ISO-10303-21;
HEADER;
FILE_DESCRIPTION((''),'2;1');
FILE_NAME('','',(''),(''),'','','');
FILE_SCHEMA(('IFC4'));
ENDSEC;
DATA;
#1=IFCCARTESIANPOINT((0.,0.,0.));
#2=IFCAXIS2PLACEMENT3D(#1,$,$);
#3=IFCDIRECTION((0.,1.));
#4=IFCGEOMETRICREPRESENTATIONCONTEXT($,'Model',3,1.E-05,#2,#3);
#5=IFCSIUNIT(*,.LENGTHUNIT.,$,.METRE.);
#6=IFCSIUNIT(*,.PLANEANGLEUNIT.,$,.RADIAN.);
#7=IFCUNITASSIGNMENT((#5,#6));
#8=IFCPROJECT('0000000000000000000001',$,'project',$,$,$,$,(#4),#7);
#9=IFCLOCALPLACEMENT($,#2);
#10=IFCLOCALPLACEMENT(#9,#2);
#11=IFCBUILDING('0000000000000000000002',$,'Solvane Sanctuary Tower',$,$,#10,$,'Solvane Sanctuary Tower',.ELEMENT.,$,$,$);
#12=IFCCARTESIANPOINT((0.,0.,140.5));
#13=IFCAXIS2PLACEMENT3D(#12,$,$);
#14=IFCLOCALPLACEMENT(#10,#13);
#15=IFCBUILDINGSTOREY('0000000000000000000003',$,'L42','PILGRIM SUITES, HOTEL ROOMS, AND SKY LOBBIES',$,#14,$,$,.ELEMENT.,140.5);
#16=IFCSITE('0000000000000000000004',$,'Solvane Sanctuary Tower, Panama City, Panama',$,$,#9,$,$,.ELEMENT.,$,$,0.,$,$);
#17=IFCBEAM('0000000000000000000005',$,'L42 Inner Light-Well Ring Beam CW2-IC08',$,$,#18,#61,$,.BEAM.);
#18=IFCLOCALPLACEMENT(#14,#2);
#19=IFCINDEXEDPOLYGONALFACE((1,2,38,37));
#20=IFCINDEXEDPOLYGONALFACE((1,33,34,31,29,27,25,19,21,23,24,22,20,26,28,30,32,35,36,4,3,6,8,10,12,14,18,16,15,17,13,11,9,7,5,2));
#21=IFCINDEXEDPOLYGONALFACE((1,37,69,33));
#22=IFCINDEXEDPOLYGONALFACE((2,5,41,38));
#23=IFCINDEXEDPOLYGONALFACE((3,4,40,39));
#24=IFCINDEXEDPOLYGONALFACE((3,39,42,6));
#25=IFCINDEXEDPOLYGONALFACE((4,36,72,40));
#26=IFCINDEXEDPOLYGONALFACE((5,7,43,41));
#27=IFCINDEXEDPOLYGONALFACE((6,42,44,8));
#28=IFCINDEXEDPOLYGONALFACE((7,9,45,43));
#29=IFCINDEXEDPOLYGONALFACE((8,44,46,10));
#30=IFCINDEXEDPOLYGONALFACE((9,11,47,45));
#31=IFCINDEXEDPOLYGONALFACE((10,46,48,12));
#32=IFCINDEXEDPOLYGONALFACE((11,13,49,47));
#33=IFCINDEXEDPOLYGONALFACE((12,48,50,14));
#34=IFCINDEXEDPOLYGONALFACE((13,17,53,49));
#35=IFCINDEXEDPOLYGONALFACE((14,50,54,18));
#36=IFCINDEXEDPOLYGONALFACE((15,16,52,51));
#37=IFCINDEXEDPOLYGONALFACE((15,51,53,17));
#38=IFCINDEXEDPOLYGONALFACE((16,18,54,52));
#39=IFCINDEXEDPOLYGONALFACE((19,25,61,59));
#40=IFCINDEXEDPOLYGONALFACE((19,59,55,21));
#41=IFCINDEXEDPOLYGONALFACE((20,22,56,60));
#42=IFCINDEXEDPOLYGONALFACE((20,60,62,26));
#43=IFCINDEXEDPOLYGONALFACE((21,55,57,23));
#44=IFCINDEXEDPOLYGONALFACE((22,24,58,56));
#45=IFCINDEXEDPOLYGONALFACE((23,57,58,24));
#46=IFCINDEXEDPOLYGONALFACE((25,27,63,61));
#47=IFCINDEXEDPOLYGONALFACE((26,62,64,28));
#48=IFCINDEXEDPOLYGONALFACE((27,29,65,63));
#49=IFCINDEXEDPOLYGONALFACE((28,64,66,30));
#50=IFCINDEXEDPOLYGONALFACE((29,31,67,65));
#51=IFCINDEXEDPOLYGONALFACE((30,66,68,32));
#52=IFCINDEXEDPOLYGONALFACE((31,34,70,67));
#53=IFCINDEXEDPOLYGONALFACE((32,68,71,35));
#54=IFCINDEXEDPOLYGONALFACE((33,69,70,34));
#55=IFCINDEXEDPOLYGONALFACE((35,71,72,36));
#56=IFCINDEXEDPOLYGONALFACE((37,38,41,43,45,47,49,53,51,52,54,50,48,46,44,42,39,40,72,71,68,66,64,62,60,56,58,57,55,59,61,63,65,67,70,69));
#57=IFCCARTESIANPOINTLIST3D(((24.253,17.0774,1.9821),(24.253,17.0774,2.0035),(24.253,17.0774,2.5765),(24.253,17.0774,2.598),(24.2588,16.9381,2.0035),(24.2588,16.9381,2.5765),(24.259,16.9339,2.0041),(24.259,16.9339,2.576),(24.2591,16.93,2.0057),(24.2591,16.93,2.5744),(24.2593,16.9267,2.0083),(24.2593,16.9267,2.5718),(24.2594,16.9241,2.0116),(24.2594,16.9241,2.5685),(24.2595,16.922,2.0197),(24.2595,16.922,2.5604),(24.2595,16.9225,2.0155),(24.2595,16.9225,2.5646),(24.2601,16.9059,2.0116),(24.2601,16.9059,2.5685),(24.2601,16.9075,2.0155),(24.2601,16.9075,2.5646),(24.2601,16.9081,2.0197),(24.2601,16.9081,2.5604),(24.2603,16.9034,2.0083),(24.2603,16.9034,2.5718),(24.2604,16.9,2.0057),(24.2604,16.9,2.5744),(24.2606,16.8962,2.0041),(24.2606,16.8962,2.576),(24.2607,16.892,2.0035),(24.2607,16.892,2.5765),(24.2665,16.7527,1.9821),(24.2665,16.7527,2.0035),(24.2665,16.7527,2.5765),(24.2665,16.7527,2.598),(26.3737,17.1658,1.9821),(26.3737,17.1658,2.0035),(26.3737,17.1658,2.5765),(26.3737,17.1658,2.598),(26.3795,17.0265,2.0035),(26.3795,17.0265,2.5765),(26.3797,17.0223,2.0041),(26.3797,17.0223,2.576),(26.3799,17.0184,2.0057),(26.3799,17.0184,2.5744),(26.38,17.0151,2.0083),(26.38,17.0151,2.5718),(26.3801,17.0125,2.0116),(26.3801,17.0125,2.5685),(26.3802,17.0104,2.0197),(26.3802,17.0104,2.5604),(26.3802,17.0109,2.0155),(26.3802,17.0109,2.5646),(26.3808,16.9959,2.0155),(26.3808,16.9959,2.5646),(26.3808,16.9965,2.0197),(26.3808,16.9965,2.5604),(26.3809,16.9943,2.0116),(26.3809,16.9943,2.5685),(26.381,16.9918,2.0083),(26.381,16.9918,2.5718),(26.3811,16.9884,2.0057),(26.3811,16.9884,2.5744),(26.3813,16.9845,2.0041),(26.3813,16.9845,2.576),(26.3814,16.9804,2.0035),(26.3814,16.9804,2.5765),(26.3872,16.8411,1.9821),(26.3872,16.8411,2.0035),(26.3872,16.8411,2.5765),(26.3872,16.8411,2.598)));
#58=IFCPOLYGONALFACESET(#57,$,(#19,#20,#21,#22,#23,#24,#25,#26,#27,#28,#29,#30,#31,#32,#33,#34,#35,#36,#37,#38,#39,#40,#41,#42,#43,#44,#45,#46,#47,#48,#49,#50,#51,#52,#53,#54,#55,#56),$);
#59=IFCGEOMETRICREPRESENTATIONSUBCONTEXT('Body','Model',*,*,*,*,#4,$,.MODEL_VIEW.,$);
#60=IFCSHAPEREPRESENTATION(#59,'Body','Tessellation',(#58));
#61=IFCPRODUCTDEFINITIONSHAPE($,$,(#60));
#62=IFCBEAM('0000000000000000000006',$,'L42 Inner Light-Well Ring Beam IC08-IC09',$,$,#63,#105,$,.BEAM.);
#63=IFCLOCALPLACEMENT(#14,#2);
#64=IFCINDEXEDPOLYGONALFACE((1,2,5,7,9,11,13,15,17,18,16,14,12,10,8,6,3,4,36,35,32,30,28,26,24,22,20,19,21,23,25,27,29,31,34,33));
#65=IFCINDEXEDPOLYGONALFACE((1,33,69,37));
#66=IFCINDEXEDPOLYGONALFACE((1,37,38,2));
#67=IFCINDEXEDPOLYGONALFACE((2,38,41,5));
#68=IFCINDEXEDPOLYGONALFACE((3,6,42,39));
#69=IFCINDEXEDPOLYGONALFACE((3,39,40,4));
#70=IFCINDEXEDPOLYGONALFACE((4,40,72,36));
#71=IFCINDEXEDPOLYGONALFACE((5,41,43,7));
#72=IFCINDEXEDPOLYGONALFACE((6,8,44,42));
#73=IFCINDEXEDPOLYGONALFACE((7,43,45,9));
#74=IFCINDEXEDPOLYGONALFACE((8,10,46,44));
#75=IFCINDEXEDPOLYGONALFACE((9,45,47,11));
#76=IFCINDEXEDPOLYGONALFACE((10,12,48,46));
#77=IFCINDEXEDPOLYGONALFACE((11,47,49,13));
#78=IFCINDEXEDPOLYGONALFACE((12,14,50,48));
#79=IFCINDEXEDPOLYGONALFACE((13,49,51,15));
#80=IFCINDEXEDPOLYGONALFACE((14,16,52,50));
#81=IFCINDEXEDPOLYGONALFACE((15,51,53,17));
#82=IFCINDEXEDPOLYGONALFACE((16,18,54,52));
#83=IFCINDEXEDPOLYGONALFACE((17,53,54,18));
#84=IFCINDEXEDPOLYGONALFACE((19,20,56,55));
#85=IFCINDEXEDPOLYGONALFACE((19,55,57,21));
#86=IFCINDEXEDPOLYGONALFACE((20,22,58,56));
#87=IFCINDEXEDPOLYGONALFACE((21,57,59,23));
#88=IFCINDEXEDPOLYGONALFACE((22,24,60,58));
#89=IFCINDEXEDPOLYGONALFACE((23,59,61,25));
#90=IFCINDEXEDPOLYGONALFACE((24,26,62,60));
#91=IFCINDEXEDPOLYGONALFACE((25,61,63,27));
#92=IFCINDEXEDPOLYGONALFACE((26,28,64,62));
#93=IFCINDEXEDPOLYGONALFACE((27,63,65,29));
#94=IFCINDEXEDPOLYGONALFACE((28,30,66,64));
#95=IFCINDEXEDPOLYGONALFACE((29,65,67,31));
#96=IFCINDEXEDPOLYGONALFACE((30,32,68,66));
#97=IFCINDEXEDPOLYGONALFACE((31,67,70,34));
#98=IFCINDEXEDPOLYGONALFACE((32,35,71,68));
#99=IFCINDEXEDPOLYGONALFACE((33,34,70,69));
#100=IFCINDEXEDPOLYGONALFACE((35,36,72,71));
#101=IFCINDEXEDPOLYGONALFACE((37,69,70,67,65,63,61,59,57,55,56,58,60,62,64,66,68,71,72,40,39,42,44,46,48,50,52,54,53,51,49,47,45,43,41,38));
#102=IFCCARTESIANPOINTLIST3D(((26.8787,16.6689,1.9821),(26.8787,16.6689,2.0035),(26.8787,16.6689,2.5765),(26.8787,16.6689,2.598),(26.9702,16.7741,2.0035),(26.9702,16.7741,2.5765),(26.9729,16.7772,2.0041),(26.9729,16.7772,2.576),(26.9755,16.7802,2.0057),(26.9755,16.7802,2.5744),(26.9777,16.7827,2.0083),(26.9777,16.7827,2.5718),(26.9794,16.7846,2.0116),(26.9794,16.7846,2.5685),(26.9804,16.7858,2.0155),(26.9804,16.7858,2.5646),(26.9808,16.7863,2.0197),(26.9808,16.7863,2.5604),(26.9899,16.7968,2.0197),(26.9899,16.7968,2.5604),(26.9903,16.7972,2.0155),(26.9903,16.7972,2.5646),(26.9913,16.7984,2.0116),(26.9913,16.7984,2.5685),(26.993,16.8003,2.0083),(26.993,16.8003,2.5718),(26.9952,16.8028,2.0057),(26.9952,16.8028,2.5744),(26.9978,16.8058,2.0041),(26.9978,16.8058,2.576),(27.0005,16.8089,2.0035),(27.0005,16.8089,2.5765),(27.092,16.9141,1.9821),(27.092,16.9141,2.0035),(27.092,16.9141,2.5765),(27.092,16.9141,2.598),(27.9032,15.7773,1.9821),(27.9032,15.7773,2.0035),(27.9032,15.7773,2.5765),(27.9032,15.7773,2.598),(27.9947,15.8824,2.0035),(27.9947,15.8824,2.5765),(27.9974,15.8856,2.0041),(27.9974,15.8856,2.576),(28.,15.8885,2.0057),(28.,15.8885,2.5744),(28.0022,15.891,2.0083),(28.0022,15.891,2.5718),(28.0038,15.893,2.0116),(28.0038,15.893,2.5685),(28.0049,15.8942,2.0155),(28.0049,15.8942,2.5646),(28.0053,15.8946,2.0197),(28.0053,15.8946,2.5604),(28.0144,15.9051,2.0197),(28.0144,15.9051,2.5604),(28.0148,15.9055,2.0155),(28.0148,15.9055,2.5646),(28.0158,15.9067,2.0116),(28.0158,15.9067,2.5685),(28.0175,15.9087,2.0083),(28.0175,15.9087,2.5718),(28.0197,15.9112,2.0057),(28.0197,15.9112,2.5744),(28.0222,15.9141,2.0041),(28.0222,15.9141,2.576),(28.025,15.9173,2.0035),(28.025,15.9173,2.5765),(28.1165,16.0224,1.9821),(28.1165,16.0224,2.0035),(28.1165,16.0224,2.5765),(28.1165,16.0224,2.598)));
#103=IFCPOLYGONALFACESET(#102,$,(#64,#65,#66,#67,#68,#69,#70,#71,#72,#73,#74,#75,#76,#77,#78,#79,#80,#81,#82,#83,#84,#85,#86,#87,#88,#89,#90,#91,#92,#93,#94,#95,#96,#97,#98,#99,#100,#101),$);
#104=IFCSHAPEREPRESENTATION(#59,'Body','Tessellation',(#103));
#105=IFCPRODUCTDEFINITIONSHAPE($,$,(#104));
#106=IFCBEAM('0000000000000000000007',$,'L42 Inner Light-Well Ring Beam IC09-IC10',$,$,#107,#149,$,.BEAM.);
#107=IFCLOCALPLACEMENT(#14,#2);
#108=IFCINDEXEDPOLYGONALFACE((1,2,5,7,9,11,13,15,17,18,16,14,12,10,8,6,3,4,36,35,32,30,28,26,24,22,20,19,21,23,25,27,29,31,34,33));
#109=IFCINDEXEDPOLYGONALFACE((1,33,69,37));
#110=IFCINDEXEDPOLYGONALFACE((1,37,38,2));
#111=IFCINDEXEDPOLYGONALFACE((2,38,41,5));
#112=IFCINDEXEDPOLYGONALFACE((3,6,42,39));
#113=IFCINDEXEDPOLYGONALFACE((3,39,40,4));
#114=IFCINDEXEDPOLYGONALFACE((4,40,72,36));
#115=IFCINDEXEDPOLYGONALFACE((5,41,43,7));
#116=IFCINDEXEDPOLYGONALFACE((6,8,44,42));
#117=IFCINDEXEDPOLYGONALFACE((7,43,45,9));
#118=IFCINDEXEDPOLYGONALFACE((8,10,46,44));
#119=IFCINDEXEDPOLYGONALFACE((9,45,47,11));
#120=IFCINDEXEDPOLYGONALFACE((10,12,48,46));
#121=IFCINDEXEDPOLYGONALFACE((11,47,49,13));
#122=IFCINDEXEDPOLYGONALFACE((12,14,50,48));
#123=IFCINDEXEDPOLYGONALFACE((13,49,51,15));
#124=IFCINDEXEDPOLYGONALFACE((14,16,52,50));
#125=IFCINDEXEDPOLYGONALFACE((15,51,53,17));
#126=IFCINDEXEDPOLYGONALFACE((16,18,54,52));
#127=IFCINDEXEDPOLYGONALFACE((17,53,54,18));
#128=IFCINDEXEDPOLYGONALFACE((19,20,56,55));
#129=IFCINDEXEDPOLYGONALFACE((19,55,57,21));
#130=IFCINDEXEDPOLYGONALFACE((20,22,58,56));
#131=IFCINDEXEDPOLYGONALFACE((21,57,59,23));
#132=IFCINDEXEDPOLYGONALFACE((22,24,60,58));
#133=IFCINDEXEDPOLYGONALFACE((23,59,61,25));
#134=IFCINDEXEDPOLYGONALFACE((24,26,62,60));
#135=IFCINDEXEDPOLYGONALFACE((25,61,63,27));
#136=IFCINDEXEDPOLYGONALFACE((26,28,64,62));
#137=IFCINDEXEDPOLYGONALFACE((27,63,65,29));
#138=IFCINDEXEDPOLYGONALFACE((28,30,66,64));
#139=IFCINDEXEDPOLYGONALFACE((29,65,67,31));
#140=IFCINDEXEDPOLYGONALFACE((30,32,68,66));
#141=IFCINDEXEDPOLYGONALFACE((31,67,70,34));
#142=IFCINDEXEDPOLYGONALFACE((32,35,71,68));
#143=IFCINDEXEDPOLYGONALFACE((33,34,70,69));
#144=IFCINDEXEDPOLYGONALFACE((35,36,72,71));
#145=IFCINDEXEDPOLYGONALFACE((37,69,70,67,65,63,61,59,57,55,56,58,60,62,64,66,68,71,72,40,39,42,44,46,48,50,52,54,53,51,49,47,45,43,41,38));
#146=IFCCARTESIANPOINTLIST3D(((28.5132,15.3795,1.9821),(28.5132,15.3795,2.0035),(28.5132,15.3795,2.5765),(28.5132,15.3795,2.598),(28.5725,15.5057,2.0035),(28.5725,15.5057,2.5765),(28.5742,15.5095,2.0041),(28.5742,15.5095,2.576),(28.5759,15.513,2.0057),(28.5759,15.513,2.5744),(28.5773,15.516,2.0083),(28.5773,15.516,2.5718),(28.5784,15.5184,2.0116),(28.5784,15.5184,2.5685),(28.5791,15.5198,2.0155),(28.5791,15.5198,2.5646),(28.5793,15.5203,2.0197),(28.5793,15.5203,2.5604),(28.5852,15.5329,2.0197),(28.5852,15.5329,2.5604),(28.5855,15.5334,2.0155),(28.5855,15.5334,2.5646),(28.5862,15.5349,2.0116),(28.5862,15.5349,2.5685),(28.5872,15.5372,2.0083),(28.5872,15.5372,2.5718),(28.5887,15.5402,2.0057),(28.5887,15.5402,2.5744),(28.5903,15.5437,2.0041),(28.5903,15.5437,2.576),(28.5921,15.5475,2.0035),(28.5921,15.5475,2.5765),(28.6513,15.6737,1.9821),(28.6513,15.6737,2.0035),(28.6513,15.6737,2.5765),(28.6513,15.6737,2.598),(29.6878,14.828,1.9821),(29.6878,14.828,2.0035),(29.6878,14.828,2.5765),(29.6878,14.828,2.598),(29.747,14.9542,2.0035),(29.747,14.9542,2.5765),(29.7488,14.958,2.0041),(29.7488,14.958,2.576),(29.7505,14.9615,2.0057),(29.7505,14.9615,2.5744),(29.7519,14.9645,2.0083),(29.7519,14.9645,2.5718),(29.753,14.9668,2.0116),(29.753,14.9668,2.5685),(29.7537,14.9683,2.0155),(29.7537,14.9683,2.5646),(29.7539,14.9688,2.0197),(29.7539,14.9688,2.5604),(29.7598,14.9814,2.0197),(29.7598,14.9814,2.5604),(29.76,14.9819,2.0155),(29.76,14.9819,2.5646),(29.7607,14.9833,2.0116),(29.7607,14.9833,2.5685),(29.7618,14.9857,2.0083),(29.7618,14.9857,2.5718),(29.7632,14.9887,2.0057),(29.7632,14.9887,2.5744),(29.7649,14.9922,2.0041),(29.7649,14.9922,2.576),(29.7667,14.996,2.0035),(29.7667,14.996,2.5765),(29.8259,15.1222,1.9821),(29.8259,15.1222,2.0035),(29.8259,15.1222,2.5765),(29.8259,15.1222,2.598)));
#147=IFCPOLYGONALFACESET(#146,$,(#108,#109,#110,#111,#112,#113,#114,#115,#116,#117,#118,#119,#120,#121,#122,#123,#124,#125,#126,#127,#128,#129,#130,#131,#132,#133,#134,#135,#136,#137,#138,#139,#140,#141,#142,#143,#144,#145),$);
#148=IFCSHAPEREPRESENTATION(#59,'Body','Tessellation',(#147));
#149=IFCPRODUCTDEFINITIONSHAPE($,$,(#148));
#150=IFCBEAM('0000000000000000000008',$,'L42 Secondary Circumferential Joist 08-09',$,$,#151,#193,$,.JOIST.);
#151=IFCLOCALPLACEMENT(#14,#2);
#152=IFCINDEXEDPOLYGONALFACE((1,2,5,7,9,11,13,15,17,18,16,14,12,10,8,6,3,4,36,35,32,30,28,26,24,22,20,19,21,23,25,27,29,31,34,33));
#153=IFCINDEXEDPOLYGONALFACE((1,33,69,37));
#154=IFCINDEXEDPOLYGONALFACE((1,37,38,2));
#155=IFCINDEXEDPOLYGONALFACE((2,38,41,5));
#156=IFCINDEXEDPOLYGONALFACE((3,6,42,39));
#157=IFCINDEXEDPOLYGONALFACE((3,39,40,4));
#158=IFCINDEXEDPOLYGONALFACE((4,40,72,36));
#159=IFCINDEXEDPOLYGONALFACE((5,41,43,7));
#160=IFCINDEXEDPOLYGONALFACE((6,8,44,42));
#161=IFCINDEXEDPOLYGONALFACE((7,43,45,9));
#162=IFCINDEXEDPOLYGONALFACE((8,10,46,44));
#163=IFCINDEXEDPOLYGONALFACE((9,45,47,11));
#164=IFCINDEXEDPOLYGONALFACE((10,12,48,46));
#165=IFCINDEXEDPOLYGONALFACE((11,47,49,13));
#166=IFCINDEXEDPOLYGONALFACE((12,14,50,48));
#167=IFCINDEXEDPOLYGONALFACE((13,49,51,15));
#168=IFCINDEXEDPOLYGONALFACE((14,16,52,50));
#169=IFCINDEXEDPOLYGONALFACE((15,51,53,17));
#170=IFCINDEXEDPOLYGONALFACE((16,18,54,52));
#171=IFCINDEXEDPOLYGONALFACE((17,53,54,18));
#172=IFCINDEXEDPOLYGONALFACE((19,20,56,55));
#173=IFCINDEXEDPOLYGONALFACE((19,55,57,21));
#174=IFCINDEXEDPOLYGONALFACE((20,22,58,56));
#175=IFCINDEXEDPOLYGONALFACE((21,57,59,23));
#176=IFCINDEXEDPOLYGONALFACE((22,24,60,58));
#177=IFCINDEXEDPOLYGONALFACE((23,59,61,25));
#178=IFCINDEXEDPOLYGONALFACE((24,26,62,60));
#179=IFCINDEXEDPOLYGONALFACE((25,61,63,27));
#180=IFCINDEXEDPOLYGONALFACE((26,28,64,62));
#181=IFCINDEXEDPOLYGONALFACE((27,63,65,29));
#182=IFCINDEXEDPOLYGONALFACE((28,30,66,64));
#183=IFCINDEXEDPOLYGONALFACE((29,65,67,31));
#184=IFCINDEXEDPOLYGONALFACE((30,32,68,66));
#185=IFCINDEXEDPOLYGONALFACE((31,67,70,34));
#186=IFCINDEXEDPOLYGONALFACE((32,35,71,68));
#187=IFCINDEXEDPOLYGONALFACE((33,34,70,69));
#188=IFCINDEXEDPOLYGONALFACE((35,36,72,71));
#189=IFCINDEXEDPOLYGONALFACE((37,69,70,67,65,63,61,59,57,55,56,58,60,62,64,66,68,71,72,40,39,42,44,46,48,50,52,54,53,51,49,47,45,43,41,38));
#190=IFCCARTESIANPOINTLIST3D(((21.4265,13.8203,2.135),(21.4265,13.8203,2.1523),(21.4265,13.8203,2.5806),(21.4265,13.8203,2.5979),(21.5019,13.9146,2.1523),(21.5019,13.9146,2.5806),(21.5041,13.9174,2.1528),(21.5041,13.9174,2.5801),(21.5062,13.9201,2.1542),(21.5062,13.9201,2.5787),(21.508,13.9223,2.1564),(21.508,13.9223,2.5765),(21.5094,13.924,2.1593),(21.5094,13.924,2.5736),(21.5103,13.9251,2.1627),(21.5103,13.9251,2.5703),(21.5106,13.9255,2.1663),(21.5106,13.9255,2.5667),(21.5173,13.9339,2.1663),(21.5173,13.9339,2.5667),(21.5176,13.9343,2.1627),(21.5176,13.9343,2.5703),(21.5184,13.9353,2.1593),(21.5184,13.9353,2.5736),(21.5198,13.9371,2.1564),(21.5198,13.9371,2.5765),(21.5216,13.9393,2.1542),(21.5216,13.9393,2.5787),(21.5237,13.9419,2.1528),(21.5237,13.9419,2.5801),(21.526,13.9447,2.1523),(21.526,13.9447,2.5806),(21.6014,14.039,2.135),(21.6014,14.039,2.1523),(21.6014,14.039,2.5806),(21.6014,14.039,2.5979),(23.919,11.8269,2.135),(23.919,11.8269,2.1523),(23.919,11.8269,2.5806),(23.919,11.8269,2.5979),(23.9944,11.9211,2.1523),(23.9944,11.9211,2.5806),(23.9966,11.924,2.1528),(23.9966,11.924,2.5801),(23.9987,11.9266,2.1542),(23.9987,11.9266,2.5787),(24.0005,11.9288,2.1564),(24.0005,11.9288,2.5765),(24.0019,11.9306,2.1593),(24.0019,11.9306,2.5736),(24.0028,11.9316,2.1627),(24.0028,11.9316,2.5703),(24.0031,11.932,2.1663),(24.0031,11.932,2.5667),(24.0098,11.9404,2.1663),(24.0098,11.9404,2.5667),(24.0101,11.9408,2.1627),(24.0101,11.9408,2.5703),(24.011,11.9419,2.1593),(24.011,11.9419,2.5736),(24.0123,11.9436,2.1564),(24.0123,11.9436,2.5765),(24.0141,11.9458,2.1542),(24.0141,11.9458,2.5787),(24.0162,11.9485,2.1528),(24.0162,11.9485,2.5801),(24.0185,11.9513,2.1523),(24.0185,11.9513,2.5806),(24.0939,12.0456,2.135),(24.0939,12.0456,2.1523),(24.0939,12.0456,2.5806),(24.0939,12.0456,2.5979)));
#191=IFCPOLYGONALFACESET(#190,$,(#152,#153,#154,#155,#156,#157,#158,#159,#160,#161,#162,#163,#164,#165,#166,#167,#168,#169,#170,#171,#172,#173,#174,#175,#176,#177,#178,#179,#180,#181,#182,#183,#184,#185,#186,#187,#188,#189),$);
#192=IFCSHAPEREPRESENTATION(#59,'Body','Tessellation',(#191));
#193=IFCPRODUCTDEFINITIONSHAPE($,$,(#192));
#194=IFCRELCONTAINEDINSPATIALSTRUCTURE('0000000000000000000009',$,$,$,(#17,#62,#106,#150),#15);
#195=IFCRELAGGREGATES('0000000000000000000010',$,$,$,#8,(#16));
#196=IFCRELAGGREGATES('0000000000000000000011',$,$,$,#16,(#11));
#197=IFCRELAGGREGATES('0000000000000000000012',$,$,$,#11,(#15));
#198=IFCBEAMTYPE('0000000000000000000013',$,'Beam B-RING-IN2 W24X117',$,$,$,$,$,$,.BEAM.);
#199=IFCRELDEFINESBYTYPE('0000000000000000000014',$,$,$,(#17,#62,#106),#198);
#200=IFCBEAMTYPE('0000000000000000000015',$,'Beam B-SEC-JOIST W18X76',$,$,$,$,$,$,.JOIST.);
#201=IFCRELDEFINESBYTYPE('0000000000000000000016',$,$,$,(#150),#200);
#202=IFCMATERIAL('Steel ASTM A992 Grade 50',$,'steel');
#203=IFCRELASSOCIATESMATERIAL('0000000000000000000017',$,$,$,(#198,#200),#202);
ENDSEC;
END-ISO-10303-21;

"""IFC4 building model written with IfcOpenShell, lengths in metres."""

from ifc_helpers import new_model, si_unit, direction, frame, origin, origin_2d, place, context, subcontext, project, spatial, i_section, extrude, material, material_profile, profile_set, type_object, element, save


model = new_model("IFC4")

# Units and contexts
model_context = context("Model", 3, precision=1e-05, world=origin(), true_north=direction((0.0, 1.0)))
body_context = subcontext(model_context, "Body", "Model", "MODEL_VIEW")
ifc_project = project(units=[si_unit("LENGTHUNIT", "METRE"), si_unit("PLANEANGLEUNIT", "RADIAN")], contexts=[model_context])

# Site, building, storey
site_placement = place(None, origin())
site = spatial("IfcSite", under=ifc_project, at=site_placement, Name="Solvane Sanctuary Tower, Panama City, Panama", CompositionType="ELEMENT", RefElevation=0.0)
building_placement = place(site_placement, origin())
building = spatial("IfcBuilding", under=site, at=building_placement, Name="Solvane Sanctuary Tower", LongName="Solvane Sanctuary Tower", CompositionType="ELEMENT")
storey_placement = place(building_placement, frame((0.0, 0.0, 140.5)))
storey = spatial("IfcBuildingStorey", under=building, at=storey_placement, Name="L42", Description="PILGRIM SUITES, HOTEL ROOMS, AND SKY LOBBIES", CompositionType="ELEMENT", Elevation=140.5)

# Beams
ifc_material_1 = material(Name="Steel ASTM A992 Grade 50", Category="steel")
ifc_material_profile_1 = material_profile(ifc_material_1, i_section(OverallWidth=0.325, OverallDepth=0.616, WebThickness=0.0139, FlangeThickness=0.0215, FilletRadius=0.0161, at=origin_2d()), Name="W24X117")
ifc_profile_set_1 = profile_set([ifc_material_profile_1], Name="Steel ASTM A992 Grade 50")
beam_type_1 = type_object("IfcBeamType", Name="Beam B-RING-IN2 W24X117", PredefinedType="BEAM", material=ifc_profile_set_1)
beam_1_placement = place(storey_placement, frame((24.2598, 16.915, 2.29), z_axis=(0.999133, 0.04164, 0.0), x_axis=(-0.04164, 0.999133, 0.0)))
element("IfcBeam", 1, at=beam_1_placement, inside=storey, type_object=beam_type_1, Name="L42 Inner Light-Well Ring Beam CW2-IC08", PredefinedType="BEAM", context=body_context, shape_type="SweptSolid", body=[
    extrude(i_section(OverallWidth=0.325, OverallDepth=0.616, WebThickness=0.0139, FlangeThickness=0.0215, FilletRadius=0.0161, at=origin_2d()), origin(), (0.0, 0.0, 1.0), 2.1226),
])
beam_2_placement = place(storey_placement, frame((26.9854, 16.7915, 2.29), z_axis=(0.754311, -0.656517, 0.0), x_axis=(0.656517, 0.754311, 0.0)))
element("IfcBeam", 2, at=beam_2_placement, inside=storey, type_object=beam_type_1, Name="L42 Inner Light-Well Ring Beam IC08-IC09", PredefinedType="BEAM", context=body_context, shape_type="SweptSolid", body=[
    extrude(i_section(OverallWidth=0.325, OverallDepth=0.616, WebThickness=0.0139, FlangeThickness=0.0215, FilletRadius=0.0161, at=origin_2d()), origin(), (0.0, 0.0, 1.0), 1.3582),
])
beam_3_placement = place(storey_placement, frame((28.5823, 15.5266, 2.29), z_axis=(0.905181, -0.425027, 0.0), x_axis=(0.425027, 0.905181, 0.0)))
element("IfcBeam", 3, at=beam_3_placement, inside=storey, type_object=beam_type_1, Name="L42 Inner Light-Well Ring Beam IC09-IC10", PredefinedType="BEAM", context=body_context, shape_type="SweptSolid", body=[
    extrude(i_section(OverallWidth=0.325, OverallDepth=0.616, WebThickness=0.0139, FlangeThickness=0.0215, FilletRadius=0.0161, at=origin_2d()), origin(), (0.0, 0.0, 1.0), 1.2976),
])
ifc_material_profile_2 = material_profile(ifc_material_1, i_section(OverallWidth=0.28, OverallDepth=0.4629, WebThickness=0.0107, FlangeThickness=0.0173, FilletRadius=0.0139, at=origin_2d()), Name="W18X76")
ifc_profile_set_2 = profile_set([ifc_material_profile_2], Name="Steel ASTM A992 Grade 50")
beam_type_2 = type_object("IfcBeamType", Name="Beam B-SEC-JOIST W18X76", PredefinedType="JOIST", material=ifc_profile_set_2)
beam_4_placement = place(storey_placement, frame((21.5139, 13.9297, 2.3665), z_axis=(0.780951, -0.624592, 0.0), x_axis=(0.624592, 0.780951, 0.0)))
element("IfcBeam", 4, at=beam_4_placement, inside=storey, type_object=beam_type_2, Name="L42 Secondary Circumferential Joist 08-09", PredefinedType="JOIST", context=body_context, shape_type="SweptSolid", body=[
    extrude(i_section(OverallWidth=0.28, OverallDepth=0.4629, WebThickness=0.0107, FlangeThickness=0.0173, FilletRadius=0.0139, at=origin_2d()), origin(), (0.0, 0.0, 1.0), 3.1917),
])

save(model, "model.ifc")
